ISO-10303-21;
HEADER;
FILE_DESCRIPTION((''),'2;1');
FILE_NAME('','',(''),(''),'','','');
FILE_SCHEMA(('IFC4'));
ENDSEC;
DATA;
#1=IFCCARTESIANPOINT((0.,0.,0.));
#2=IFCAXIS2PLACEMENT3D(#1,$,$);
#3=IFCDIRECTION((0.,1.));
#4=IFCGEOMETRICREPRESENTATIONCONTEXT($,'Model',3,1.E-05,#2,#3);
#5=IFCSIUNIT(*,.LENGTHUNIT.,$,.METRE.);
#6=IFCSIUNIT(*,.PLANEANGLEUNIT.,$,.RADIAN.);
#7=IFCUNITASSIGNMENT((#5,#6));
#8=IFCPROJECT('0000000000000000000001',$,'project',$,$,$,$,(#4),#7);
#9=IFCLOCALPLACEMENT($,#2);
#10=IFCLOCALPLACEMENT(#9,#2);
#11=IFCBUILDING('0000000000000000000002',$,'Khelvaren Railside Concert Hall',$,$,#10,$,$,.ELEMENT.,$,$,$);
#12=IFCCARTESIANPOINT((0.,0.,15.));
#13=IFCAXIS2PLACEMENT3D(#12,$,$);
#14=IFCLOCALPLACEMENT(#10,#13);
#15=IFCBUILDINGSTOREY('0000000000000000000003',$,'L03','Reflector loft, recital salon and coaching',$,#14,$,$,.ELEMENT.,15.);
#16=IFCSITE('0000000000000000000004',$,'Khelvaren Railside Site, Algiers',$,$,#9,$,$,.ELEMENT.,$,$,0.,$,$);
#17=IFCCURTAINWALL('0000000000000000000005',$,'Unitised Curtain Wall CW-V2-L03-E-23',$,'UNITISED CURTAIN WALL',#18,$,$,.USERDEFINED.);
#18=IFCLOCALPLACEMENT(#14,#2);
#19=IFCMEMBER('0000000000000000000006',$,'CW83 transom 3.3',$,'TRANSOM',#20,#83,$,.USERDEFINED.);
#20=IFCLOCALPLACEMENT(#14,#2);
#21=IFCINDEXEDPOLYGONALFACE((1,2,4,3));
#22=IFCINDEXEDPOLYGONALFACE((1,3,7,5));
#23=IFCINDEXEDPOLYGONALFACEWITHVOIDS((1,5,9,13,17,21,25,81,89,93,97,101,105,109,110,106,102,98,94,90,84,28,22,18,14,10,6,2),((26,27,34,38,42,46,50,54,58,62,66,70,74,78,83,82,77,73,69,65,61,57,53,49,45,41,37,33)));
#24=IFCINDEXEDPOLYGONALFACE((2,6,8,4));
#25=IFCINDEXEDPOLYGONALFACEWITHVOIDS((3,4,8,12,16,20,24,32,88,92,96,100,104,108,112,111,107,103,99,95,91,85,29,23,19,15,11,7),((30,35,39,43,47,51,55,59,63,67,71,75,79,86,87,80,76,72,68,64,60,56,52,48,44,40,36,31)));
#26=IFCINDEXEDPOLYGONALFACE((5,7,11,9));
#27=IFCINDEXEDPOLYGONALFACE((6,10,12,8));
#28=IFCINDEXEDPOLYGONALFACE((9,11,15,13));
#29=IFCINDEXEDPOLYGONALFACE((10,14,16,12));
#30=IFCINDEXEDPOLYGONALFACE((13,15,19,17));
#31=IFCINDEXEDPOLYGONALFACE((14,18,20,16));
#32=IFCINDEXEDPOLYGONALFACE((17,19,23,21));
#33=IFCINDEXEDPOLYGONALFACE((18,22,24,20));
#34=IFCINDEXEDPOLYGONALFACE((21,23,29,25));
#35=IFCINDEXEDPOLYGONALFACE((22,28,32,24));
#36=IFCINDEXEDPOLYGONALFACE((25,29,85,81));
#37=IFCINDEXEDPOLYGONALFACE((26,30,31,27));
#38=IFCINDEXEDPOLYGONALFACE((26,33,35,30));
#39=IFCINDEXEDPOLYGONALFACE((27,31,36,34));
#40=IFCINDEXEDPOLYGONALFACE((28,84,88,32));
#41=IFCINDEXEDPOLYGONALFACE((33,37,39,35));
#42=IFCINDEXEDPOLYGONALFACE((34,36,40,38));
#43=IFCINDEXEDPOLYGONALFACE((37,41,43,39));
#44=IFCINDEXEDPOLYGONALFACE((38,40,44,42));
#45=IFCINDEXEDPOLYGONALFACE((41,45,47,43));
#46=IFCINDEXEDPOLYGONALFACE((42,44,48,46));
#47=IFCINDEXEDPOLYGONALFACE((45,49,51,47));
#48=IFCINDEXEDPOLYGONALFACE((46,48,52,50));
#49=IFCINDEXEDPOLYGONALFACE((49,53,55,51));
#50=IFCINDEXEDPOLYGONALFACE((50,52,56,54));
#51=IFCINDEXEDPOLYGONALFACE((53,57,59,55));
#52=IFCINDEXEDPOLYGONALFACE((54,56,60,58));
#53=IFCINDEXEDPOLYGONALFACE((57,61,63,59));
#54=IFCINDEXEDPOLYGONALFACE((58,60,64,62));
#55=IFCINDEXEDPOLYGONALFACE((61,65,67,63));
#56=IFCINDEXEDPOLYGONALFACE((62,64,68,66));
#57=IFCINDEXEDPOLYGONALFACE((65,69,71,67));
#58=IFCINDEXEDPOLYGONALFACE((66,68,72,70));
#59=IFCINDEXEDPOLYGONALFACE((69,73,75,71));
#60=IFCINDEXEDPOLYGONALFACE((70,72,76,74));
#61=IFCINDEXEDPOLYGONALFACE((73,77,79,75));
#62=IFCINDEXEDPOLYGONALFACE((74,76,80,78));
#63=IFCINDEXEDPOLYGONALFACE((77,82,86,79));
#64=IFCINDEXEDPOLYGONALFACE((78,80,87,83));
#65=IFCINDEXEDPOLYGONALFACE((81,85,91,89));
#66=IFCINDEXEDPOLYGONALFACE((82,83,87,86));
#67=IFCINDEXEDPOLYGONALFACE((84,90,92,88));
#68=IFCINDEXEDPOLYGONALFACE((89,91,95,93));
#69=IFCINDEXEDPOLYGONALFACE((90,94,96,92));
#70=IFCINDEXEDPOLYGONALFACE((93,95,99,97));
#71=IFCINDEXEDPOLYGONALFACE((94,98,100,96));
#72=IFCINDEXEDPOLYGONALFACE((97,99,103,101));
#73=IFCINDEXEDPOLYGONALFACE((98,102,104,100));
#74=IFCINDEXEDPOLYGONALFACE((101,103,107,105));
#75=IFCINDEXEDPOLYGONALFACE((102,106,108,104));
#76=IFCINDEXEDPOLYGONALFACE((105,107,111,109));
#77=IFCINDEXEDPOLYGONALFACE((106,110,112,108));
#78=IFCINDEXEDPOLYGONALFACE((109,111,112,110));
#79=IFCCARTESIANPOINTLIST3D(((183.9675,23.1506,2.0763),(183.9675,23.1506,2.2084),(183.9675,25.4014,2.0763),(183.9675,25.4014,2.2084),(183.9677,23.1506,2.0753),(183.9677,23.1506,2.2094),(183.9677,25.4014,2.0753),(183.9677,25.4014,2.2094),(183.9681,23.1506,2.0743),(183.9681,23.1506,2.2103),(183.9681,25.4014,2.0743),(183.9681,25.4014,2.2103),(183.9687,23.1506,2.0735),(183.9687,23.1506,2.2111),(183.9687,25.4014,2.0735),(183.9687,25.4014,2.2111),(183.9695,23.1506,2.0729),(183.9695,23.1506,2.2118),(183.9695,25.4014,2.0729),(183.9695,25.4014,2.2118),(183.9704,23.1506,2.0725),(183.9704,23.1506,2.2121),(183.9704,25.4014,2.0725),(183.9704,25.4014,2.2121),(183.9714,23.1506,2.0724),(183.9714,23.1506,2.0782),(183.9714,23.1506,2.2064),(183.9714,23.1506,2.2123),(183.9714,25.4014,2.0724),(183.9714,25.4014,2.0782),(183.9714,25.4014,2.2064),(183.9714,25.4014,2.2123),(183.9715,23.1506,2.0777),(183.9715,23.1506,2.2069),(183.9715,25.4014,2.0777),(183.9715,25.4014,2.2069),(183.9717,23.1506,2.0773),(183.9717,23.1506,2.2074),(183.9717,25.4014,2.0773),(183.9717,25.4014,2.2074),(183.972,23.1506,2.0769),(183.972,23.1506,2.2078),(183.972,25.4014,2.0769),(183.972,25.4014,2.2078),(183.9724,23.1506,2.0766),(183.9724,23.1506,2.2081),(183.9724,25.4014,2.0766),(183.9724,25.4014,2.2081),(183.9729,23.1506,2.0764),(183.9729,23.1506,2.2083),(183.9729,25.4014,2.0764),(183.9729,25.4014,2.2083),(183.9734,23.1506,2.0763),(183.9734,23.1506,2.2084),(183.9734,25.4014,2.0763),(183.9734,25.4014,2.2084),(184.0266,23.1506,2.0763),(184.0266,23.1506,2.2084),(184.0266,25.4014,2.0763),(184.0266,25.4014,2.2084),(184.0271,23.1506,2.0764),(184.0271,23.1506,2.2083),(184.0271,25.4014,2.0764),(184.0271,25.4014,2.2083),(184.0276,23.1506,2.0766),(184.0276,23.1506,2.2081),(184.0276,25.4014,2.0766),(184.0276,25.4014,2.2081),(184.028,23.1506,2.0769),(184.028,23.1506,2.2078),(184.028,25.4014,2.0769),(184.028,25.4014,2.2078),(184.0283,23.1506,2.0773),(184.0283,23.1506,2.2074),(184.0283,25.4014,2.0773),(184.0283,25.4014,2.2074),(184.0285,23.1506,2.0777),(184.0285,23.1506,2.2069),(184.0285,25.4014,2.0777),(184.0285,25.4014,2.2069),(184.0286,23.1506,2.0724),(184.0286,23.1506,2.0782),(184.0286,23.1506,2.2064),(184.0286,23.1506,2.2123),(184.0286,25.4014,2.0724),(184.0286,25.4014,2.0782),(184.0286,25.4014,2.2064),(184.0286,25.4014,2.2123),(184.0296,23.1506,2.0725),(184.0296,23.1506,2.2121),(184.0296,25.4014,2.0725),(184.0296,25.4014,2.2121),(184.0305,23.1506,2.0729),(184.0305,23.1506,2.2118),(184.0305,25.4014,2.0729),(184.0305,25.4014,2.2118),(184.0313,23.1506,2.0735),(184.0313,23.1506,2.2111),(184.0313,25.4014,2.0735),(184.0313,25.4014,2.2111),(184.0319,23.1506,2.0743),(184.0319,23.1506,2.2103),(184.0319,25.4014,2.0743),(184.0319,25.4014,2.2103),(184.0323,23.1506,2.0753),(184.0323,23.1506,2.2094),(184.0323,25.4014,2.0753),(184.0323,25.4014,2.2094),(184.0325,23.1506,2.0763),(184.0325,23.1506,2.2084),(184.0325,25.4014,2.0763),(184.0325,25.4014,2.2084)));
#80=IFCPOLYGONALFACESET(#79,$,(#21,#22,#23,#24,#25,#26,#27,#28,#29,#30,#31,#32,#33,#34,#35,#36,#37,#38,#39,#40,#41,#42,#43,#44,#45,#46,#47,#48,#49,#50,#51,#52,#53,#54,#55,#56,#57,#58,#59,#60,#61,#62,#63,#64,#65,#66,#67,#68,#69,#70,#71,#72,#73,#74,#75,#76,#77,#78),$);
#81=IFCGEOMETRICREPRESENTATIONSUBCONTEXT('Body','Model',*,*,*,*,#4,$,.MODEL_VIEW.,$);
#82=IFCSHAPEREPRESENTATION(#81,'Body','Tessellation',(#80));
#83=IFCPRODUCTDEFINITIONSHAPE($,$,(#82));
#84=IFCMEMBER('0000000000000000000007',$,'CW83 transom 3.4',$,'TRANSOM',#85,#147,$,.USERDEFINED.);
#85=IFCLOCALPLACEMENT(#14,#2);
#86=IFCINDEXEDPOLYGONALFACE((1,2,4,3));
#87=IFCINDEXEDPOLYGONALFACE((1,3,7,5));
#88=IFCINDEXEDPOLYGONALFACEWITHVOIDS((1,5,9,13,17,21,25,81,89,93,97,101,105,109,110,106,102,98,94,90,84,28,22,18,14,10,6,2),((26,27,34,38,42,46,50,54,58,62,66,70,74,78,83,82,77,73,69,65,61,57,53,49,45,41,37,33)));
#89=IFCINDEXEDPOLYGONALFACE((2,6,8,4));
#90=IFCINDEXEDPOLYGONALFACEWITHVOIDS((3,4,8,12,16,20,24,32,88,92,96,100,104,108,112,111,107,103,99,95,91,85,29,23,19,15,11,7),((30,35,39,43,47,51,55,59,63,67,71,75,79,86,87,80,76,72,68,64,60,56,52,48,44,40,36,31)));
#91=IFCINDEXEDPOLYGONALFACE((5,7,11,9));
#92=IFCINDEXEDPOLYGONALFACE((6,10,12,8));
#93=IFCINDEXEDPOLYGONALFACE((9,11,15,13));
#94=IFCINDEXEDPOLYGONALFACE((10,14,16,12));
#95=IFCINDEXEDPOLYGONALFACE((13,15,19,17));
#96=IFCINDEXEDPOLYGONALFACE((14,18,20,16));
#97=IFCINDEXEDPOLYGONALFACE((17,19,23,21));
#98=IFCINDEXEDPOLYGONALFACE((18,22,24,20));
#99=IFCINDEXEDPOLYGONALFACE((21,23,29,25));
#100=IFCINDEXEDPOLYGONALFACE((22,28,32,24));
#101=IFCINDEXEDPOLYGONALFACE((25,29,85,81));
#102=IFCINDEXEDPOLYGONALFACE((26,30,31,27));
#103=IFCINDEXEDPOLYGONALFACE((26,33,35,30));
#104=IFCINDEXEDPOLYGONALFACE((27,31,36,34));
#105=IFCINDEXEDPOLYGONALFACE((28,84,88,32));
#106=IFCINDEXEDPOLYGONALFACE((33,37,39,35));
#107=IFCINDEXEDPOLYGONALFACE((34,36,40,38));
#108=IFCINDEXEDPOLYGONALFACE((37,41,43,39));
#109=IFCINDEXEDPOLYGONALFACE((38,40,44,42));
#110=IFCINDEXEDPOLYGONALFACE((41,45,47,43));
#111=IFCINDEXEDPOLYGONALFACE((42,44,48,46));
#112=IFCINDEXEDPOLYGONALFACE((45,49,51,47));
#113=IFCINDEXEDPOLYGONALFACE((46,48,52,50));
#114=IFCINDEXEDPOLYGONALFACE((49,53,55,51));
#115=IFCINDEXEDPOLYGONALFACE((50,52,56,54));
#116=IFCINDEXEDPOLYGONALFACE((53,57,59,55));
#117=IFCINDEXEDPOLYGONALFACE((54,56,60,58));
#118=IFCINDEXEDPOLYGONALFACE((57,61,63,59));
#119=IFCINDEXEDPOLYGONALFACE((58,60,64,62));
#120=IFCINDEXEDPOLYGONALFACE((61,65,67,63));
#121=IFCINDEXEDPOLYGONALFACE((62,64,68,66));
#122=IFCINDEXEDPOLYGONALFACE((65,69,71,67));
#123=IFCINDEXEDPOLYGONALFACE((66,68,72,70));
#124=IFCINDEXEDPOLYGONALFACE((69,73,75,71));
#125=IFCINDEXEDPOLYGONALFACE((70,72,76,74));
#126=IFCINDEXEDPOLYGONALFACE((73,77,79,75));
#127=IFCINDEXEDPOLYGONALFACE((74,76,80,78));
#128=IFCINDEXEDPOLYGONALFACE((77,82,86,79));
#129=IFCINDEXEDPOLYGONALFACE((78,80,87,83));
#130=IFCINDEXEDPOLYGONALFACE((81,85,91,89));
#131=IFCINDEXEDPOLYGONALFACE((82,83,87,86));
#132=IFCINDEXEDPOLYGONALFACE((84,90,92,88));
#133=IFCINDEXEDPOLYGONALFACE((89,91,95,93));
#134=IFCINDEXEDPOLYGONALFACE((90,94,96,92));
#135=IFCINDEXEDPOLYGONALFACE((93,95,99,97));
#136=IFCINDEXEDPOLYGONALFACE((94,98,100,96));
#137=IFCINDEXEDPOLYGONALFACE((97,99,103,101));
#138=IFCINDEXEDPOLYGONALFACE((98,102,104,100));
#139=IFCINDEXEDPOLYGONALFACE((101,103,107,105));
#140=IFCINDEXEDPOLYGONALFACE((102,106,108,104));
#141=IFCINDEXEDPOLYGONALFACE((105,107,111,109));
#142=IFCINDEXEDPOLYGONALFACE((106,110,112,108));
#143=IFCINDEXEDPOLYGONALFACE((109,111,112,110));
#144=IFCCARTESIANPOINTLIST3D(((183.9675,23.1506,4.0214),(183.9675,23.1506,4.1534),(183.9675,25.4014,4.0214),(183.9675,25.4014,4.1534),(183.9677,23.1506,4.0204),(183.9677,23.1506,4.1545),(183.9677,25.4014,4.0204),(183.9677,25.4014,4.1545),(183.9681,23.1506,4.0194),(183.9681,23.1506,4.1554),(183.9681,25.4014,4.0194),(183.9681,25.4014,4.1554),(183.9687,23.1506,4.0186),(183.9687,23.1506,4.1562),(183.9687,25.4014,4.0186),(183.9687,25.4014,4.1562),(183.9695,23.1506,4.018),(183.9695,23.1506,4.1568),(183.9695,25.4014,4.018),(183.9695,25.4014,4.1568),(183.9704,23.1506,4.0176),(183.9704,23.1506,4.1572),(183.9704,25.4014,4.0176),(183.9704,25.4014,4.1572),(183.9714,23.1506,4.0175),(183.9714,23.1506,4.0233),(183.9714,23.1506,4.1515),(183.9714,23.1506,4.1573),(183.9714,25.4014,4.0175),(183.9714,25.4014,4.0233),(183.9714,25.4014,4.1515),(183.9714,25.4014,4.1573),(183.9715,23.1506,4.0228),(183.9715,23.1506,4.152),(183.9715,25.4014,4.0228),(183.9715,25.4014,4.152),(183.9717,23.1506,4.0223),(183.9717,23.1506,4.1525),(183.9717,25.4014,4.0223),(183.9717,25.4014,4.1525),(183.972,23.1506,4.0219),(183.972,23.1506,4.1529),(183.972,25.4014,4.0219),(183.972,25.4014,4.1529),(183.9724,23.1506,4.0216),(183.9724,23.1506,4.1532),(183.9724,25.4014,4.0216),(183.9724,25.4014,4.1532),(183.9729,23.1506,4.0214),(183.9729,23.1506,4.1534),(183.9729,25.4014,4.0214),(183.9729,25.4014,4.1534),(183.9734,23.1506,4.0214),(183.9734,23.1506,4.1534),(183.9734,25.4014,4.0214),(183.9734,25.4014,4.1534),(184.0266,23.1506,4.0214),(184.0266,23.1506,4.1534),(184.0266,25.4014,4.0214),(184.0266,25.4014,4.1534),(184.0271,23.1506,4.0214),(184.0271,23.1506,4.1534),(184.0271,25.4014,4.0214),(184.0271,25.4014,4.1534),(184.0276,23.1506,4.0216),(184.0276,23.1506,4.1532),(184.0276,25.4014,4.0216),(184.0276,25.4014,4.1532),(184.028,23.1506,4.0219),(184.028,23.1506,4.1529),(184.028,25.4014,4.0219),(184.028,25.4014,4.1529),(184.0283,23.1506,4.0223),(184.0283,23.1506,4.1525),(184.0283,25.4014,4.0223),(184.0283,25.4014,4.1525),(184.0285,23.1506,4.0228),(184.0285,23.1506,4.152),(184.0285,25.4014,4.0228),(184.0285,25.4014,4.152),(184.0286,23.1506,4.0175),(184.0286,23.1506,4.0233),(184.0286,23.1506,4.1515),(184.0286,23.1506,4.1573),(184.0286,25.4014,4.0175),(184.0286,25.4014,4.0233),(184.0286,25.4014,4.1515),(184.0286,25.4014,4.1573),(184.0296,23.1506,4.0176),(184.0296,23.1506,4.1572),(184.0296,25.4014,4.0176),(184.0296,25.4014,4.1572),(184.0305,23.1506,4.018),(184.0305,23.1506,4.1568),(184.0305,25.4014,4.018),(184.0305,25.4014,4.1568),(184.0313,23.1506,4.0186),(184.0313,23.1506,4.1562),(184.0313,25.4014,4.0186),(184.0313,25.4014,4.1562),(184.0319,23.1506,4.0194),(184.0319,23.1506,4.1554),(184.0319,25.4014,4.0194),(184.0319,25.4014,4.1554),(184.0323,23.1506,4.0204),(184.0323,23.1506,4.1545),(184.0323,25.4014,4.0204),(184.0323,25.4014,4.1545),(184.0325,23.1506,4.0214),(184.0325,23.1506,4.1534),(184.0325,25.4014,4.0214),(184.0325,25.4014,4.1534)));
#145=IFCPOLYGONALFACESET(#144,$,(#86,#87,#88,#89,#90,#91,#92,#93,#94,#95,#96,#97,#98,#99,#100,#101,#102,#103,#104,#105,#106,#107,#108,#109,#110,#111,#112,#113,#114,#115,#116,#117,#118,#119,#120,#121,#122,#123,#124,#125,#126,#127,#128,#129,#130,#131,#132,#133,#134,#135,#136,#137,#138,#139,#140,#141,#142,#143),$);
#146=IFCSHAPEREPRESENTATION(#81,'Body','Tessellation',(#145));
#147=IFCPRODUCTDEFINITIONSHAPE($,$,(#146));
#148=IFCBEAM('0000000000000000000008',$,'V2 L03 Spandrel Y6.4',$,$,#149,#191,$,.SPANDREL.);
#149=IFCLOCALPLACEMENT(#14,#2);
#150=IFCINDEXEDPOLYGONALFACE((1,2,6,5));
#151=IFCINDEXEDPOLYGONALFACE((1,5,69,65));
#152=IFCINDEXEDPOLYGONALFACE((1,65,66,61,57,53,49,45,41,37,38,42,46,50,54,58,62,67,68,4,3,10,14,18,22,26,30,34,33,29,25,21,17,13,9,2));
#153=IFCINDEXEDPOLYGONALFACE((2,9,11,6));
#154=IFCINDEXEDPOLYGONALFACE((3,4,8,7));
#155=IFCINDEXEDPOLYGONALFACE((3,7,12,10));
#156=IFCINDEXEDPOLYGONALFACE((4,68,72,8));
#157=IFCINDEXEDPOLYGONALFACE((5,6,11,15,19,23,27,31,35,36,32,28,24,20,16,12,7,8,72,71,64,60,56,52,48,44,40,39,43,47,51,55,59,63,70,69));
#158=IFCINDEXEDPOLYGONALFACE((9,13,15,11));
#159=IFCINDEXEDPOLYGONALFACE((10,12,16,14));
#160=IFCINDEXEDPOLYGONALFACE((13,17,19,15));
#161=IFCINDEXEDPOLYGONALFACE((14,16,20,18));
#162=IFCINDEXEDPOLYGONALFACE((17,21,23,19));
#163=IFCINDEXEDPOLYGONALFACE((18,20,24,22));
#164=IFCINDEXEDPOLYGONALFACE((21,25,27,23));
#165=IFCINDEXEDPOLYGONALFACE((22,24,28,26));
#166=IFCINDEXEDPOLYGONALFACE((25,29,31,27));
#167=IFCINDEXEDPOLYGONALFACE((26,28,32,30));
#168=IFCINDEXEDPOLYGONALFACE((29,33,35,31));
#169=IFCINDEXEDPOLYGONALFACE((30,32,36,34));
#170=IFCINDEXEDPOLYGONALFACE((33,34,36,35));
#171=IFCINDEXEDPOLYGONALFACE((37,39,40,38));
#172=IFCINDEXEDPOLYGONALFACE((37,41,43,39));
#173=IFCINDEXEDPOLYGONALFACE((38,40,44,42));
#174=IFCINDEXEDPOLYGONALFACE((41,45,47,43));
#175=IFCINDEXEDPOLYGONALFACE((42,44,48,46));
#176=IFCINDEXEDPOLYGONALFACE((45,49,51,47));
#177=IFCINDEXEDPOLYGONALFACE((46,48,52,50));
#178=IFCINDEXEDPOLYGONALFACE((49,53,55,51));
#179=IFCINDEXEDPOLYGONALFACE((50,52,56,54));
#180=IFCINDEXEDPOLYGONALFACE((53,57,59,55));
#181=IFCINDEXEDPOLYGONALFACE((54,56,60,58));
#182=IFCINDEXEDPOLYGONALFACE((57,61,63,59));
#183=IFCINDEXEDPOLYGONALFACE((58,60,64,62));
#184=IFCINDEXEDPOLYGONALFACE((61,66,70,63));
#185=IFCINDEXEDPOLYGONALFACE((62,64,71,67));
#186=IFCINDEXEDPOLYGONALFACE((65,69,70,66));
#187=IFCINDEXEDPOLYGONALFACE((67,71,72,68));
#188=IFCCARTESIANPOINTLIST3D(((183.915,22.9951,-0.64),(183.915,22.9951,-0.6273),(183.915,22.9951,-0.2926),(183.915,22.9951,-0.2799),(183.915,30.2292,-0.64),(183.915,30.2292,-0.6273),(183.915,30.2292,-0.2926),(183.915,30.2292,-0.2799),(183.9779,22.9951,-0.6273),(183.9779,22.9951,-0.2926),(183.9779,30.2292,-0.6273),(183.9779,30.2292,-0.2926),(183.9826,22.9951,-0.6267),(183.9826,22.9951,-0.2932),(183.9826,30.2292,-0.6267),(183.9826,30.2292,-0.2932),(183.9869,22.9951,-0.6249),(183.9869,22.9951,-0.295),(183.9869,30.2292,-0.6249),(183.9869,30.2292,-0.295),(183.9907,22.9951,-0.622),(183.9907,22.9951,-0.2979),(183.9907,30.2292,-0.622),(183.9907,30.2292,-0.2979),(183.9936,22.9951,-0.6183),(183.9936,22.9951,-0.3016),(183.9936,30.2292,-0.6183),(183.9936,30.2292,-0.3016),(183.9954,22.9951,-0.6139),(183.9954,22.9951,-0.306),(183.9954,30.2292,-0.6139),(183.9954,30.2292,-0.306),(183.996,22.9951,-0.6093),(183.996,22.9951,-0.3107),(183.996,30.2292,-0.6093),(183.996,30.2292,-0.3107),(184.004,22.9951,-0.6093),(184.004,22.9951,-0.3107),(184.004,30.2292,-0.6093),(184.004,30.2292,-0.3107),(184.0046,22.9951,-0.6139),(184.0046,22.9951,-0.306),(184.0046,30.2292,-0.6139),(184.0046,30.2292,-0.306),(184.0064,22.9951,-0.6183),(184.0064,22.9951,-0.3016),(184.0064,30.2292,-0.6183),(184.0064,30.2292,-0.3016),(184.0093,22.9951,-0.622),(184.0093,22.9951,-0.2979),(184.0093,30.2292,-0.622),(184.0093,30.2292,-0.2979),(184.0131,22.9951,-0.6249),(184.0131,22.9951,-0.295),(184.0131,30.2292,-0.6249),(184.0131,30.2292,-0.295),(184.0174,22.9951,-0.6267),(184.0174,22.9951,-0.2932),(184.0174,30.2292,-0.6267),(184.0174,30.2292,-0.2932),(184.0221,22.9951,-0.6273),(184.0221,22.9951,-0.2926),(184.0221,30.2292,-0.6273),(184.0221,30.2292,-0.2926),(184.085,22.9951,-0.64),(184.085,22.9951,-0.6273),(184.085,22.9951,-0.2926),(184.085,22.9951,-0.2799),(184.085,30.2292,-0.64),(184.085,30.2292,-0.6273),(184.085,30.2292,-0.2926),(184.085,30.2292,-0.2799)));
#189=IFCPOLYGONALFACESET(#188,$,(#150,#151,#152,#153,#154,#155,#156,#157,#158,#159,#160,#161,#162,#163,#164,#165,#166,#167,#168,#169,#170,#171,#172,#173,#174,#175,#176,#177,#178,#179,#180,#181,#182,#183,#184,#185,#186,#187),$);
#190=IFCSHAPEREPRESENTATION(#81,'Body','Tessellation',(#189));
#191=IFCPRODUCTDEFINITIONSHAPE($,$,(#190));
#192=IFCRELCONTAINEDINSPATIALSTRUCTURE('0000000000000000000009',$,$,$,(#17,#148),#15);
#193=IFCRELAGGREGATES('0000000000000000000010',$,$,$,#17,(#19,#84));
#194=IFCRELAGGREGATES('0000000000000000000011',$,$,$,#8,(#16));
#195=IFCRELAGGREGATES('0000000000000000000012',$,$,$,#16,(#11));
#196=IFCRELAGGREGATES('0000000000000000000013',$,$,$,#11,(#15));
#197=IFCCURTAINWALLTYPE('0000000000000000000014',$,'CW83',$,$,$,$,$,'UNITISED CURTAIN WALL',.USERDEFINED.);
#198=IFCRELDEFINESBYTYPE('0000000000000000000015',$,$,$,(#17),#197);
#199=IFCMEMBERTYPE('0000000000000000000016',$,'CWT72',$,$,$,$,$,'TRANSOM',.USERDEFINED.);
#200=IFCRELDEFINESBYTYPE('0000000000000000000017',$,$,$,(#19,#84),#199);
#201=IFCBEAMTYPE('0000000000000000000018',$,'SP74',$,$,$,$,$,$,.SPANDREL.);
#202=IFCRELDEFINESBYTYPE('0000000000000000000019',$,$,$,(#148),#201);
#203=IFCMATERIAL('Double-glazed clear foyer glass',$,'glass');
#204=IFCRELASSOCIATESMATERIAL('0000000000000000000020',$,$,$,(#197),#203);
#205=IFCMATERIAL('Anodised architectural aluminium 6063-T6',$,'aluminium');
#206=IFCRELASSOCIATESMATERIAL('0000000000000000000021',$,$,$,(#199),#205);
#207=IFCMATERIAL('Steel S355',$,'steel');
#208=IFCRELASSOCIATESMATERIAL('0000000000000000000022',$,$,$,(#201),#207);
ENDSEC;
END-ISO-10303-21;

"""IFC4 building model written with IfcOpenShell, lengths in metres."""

from ifc_helpers import new_model, si_unit, direction, frame, origin, origin_2d, place, context, subcontext, project, spatial, hollow_rectangle, i_section, extrude, material, material_profile, profile_set, type_object, element, aggregate, save


model = new_model("IFC4")

# Units and contexts
model_context = context("Model", 3, precision=1e-05, world=origin(), true_north=direction((0.0, 1.0)))
body_context = subcontext(model_context, "Body", "Model", "MODEL_VIEW")
ifc_project = project(units=[si_unit("LENGTHUNIT", "METRE"), si_unit("PLANEANGLEUNIT", "RADIAN")], contexts=[model_context])

# Site, building, storey
site_placement = place(None, origin())
site = spatial("IfcSite", under=ifc_project, at=site_placement, Name="Khelvaren Railside Site, Algiers", CompositionType="ELEMENT", RefElevation=0.0)
building_placement = place(site_placement, origin())
building = spatial("IfcBuilding", under=site, at=building_placement, Name="Khelvaren Railside Concert Hall", CompositionType="ELEMENT")
storey_placement = place(building_placement, frame((0.0, 0.0, 15.0)))
storey = spatial("IfcBuildingStorey", under=building, at=storey_placement, Name="L03", Description="Reflector loft, recital salon and coaching", CompositionType="ELEMENT", Elevation=15.0)

# Shared definitions
ifc_material_1 = material(Name="Steel S355", Category="steel")

# Curtain wall
ifc_material_2 = material(Name="Double-glazed clear foyer glass", Category="glass")
ifc_material_3 = material(Name="Anodised architectural aluminium 6063-T6", Category="aluminium")
curtain_wall_type_1 = type_object("IfcCurtainWallType", Name="CW83", ElementType="UNITISED CURTAIN WALL", PredefinedType="USERDEFINED", material=ifc_material_2)
curtain_wall_1_placement = place(storey_placement, origin())
curtain_wall_1 = element("IfcCurtainWall", 1, at=curtain_wall_1_placement, inside=storey, type_object=curtain_wall_type_1, Name="Unitised Curtain Wall CW-V2-L03-E-23", ObjectType="UNITISED CURTAIN WALL", PredefinedType="USERDEFINED")

# Members
ifc_material_profile_1 = material_profile(ifc_material_3, hollow_rectangle(XDim=0.0649, YDim=0.1399, WallThickness=0.0039, InnerFilletRadius=0.002, OuterFilletRadius=0.0039, at=origin_2d()), Name="CWT 65x140x4")
ifc_profile_set_1 = profile_set([ifc_material_profile_1], Name="Anodised architectural aluminium 6063-T6")
member_type_1 = type_object("IfcMemberType", Name="CWT72", ElementType="TRANSOM", PredefinedType="USERDEFINED", material=ifc_profile_set_1)
member_1_placement = place(storey_placement, frame((184.0, 25.4014, 2.1423), z_axis=(0.0, -1.0, 0.0), x_axis=(1.0, 0.0, 0.0)))
member_1 = element("IfcMember", 2, at=member_1_placement, type_object=member_type_1, Name="CW83 transom 3.3", ObjectType="TRANSOM", PredefinedType="USERDEFINED", context=body_context, shape_type="SweptSolid", body=[
    extrude(hollow_rectangle(XDim=0.0649, YDim=0.1399, WallThickness=0.0039, InnerFilletRadius=0.002, OuterFilletRadius=0.0039, at=origin_2d()), origin(), (0.0, 0.0, 1.0), 2.2507),
])
member_2_placement = place(storey_placement, frame((184.0, 25.4014, 4.0874), z_axis=(0.0, -1.0, 0.0), x_axis=(1.0, 0.0, 0.0)))
member_2 = element("IfcMember", 3, at=member_2_placement, type_object=member_type_1, Name="CW83 transom 3.4", ObjectType="TRANSOM", PredefinedType="USERDEFINED", context=body_context, shape_type="SweptSolid", body=[
    extrude(hollow_rectangle(XDim=0.0649, YDim=0.1399, WallThickness=0.0039, InnerFilletRadius=0.002, OuterFilletRadius=0.0039, at=origin_2d()), origin(), (0.0, 0.0, 1.0), 2.2507),
])

# Beam
ifc_material_profile_2 = material_profile(ifc_material_1, i_section(OverallWidth=0.1699, OverallDepth=0.3601, WebThickness=0.0081, FlangeThickness=0.0127, FilletRadius=0.0181, at=origin_2d()), Name="IPE 360")
ifc_profile_set_2 = profile_set([ifc_material_profile_2], Name="Steel S355")
beam_type = type_object("IfcBeamType", Name="SP74", PredefinedType="SPANDREL", material=ifc_profile_set_2)
beam_placement = place(storey_placement, frame((184.0, 22.9951, -0.46), z_axis=(0.0, 1.0, 0.0), x_axis=(-1.0, 0.0, 0.0)))
element("IfcBeam", 4, at=beam_placement, inside=storey, type_object=beam_type, Name="V2 L03 Spandrel Y6.4", PredefinedType="SPANDREL", context=body_context, shape_type="SweptSolid", body=[
    extrude(i_section(OverallWidth=0.1699, OverallDepth=0.3601, WebThickness=0.0081, FlangeThickness=0.0127, FilletRadius=0.0181, at=origin_2d()), origin(), (0.0, 0.0, 1.0), 7.2341),
])

aggregate(curtain_wall_1, [member_1, member_2])

save(model, "model.ifc")
